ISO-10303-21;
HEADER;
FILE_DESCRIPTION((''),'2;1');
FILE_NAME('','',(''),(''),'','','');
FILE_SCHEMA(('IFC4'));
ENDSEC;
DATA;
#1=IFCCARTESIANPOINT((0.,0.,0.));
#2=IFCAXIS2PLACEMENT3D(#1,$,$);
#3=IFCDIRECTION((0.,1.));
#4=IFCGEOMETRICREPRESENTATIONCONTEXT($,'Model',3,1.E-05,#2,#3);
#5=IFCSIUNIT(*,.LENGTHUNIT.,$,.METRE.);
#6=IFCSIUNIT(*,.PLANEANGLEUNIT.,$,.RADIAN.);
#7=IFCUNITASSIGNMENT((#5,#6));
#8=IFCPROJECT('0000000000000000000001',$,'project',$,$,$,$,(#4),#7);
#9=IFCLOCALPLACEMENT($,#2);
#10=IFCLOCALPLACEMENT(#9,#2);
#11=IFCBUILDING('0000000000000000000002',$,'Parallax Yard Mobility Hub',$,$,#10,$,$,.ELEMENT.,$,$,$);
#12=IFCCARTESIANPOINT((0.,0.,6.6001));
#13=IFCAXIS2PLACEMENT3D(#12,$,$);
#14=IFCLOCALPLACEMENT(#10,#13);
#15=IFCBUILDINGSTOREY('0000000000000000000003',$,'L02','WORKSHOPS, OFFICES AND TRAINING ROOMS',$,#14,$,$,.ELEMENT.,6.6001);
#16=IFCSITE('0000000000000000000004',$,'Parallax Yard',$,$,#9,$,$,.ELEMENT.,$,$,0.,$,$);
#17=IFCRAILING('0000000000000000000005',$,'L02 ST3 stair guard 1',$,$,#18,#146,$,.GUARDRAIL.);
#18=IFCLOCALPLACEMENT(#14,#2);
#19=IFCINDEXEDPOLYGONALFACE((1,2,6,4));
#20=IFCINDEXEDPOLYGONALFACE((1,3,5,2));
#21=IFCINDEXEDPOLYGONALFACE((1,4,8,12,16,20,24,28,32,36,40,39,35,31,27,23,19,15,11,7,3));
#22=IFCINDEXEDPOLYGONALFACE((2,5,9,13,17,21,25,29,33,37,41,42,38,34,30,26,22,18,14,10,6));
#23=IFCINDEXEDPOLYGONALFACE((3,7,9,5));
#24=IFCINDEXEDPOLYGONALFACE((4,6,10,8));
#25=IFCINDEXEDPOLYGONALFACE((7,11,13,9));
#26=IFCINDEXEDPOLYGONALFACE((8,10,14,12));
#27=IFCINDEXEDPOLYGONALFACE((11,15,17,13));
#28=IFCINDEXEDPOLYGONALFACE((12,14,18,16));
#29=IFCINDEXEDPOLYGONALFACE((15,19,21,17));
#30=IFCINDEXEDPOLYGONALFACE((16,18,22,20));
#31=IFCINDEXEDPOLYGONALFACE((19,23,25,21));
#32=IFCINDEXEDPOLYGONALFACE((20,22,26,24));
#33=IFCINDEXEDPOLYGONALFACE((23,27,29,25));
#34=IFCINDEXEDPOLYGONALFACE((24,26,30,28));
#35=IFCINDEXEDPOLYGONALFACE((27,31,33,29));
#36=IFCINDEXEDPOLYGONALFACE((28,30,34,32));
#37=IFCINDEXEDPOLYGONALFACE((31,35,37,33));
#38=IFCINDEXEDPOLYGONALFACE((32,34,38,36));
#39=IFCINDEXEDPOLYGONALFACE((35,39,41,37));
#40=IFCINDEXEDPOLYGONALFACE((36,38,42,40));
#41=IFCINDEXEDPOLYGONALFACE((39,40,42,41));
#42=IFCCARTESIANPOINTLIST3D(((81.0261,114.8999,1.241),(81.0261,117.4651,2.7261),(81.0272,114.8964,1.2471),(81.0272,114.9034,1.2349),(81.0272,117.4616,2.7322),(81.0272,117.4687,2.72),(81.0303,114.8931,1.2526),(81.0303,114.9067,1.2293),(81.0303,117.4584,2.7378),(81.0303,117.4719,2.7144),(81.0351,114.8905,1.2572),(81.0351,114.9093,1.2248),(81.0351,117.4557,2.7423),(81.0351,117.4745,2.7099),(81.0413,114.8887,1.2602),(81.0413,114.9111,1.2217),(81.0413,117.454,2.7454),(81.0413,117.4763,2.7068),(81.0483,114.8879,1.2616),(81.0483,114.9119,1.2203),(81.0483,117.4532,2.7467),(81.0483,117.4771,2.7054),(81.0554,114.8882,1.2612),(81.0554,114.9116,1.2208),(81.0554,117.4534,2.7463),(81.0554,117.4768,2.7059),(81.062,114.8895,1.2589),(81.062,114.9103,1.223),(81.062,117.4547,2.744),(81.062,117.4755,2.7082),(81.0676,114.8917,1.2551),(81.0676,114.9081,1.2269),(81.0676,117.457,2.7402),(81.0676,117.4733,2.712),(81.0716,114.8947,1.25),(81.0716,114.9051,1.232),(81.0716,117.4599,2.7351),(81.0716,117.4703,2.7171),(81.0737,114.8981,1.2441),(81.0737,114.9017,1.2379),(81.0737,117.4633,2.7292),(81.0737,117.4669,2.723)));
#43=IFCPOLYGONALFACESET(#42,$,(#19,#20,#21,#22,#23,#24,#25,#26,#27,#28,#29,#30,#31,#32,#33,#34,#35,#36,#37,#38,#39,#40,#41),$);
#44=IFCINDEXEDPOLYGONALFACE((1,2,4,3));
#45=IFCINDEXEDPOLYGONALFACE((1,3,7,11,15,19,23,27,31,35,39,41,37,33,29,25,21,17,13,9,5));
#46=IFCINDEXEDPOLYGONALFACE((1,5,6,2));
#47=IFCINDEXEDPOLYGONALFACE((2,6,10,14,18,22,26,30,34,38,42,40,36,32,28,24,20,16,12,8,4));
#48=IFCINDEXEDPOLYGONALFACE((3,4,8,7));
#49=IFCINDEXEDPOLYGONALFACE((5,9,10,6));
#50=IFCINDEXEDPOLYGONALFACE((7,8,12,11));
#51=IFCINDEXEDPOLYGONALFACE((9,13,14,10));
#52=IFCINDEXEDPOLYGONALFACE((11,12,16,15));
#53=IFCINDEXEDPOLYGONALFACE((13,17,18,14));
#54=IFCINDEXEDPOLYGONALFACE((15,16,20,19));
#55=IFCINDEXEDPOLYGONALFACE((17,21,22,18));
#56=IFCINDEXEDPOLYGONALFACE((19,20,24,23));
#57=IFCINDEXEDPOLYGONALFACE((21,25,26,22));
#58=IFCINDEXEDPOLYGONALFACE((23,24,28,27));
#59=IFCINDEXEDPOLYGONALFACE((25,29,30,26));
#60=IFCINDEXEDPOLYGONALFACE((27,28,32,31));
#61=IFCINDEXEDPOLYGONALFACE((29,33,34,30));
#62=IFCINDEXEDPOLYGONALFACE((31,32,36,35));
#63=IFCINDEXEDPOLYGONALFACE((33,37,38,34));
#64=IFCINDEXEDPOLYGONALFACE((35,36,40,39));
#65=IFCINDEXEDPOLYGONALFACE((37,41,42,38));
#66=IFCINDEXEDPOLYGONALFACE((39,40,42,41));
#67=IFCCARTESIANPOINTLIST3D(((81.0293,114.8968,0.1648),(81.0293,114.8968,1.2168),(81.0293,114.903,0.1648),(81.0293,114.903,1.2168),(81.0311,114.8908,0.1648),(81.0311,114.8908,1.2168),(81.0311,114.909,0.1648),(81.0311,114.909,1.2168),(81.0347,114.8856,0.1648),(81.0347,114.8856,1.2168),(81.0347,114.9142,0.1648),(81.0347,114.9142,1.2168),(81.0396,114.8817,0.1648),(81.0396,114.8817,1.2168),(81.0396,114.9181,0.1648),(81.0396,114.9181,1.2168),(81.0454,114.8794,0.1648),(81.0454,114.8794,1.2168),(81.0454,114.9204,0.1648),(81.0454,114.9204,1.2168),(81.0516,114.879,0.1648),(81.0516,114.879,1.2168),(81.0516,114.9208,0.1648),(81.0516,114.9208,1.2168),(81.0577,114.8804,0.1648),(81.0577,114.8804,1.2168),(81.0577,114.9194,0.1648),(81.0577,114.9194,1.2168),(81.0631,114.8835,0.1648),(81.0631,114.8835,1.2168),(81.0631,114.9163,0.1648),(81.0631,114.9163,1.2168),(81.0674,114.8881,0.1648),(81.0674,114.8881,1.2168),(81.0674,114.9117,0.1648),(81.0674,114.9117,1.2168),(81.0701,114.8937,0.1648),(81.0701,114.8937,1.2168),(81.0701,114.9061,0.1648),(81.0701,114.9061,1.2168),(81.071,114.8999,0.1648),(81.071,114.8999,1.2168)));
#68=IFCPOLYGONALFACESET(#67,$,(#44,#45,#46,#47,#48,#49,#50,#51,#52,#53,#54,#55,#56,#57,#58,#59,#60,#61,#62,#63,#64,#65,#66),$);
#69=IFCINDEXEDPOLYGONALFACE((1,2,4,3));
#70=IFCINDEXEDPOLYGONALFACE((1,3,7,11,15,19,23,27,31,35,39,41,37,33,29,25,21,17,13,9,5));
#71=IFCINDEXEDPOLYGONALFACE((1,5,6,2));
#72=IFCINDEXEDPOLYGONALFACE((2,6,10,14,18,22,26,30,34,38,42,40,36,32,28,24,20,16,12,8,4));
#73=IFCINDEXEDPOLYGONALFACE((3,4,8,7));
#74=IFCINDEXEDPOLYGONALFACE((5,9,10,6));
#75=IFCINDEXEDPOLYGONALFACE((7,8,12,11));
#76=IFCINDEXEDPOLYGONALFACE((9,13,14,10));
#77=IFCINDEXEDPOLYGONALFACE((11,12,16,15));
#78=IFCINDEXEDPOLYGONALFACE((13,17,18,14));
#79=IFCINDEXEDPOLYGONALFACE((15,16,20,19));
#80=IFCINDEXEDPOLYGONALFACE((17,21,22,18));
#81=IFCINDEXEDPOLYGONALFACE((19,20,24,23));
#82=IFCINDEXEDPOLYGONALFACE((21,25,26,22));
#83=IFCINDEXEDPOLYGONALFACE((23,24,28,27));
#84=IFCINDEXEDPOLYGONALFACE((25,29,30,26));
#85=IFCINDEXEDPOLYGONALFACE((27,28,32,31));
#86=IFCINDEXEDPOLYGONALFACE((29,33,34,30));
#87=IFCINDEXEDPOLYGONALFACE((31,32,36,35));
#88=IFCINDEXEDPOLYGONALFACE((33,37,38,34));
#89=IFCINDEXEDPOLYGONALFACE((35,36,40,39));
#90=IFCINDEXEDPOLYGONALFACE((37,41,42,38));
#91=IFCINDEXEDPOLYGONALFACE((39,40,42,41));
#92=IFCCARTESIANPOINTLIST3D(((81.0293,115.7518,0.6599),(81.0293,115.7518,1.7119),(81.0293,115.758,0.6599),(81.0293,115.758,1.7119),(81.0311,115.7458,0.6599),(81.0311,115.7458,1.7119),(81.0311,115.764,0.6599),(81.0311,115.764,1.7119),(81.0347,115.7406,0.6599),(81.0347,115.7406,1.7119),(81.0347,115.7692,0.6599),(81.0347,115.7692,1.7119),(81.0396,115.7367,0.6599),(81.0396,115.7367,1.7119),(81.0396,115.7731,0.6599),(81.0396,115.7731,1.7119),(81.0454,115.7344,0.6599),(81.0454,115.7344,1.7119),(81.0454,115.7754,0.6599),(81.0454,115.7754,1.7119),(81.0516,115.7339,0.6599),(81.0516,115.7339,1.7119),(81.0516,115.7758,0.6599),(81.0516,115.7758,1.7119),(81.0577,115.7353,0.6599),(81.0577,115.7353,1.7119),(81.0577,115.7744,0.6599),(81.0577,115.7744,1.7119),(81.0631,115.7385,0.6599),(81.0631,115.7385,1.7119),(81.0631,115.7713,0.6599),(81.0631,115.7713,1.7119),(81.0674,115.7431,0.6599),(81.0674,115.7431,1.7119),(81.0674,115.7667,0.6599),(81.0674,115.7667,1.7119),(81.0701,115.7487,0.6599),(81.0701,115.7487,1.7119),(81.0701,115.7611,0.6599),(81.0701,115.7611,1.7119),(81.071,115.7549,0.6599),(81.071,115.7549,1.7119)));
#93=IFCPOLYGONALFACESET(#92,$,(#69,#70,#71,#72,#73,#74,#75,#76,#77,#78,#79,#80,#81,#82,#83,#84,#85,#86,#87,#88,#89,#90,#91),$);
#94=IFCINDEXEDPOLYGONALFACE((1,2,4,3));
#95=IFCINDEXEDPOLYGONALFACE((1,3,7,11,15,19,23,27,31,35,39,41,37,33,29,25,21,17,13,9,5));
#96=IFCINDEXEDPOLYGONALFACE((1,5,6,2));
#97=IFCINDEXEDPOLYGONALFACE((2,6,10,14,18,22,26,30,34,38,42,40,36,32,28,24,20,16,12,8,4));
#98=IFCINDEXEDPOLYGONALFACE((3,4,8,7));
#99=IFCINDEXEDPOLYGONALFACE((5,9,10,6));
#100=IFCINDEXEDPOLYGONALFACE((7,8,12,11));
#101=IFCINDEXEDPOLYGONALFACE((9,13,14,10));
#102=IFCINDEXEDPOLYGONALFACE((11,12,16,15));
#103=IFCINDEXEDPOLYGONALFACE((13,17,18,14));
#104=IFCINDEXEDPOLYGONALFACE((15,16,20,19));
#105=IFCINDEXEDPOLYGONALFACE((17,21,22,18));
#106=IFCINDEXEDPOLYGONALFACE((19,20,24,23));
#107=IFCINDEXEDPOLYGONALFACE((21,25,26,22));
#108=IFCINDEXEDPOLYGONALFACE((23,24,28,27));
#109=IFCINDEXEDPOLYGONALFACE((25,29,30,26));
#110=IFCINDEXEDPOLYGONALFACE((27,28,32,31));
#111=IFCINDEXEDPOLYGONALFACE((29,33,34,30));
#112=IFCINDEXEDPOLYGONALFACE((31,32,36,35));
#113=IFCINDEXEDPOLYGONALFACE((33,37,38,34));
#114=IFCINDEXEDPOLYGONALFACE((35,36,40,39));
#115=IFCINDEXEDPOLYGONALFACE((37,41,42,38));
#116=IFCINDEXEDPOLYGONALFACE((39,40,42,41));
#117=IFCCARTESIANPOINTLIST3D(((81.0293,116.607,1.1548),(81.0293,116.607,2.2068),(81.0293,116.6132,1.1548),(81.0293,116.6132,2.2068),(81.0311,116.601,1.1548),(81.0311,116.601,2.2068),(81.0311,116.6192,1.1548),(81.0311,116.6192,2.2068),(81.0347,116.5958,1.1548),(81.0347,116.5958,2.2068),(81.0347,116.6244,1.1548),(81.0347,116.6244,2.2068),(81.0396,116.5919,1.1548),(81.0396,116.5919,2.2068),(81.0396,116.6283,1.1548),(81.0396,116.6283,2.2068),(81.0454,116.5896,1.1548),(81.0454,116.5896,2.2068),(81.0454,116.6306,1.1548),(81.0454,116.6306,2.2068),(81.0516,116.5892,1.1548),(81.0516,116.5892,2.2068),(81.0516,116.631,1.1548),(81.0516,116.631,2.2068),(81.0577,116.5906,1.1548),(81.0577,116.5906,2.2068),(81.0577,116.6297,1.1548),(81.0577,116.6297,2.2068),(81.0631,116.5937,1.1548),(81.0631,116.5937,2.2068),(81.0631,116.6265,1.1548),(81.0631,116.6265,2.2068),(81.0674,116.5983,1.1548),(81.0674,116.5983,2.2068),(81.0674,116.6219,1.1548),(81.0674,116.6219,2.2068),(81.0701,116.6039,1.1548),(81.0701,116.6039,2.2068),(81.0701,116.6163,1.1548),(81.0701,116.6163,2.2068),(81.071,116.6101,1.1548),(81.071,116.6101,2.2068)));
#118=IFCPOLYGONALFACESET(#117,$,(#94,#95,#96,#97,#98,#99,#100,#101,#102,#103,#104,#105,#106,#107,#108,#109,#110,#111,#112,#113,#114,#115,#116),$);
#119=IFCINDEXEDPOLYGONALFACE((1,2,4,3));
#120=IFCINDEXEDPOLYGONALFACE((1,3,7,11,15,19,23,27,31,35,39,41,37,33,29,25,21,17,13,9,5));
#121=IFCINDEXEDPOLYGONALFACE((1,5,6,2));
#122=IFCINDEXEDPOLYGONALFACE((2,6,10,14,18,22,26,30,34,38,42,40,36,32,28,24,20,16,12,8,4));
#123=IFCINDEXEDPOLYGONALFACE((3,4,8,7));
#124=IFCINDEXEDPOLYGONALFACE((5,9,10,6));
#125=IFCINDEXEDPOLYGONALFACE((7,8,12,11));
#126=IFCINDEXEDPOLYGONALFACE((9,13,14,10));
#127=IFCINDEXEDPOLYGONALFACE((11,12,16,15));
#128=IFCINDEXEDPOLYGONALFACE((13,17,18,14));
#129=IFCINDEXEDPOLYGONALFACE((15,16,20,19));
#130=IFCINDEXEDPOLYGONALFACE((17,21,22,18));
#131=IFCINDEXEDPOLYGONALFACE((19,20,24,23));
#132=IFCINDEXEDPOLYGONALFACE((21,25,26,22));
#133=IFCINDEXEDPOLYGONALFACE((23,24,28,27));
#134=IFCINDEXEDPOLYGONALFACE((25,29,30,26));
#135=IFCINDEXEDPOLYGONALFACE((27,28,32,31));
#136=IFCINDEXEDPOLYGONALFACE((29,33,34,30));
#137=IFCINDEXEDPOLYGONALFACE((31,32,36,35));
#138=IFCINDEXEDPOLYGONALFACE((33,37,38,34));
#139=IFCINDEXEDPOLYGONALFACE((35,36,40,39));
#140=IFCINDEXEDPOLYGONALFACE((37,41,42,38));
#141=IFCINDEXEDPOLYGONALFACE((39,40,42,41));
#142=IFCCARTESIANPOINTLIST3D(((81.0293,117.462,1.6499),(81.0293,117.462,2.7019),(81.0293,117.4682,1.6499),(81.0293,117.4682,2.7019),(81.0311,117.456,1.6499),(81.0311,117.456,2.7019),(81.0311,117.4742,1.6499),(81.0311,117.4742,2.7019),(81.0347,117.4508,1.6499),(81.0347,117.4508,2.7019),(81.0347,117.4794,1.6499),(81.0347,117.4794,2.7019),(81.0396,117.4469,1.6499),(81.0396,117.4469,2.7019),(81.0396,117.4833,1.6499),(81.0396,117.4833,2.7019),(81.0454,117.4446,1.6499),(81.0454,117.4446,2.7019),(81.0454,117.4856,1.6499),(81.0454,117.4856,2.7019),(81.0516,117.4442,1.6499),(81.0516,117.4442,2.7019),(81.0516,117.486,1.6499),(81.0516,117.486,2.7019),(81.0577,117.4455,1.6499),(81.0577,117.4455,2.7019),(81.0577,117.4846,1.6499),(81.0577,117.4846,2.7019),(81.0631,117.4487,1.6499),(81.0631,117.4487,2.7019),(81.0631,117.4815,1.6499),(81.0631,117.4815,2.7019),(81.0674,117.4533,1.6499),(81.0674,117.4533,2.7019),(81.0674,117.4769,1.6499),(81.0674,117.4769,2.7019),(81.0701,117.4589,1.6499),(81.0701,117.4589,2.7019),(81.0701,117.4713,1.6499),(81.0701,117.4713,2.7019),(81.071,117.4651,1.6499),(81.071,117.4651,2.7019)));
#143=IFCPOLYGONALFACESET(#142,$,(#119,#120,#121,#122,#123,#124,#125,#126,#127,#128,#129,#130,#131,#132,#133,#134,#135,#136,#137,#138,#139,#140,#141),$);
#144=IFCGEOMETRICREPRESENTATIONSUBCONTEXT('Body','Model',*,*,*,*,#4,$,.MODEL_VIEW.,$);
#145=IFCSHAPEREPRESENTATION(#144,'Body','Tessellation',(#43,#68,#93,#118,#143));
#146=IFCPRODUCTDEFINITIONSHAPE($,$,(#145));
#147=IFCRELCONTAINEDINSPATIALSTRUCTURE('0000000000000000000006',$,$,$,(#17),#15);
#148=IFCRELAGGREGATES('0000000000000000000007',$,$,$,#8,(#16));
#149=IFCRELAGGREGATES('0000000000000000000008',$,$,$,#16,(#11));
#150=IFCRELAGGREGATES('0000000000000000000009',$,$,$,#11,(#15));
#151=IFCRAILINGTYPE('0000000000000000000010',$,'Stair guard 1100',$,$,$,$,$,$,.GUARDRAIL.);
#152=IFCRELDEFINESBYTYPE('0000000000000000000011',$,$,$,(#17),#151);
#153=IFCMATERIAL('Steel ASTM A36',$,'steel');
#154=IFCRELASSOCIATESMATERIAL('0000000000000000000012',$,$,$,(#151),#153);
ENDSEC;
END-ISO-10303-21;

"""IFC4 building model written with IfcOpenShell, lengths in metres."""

from ifc_helpers import new_model, si_unit, direction, frame, origin, origin_2d, place, context, subcontext, project, spatial, circle, extrude, material, type_object, element, save


model = new_model("IFC4")

# Units and contexts
model_context = context("Model", 3, precision=1e-05, world=origin(), true_north=direction((0.0, 1.0)))
body_context = subcontext(model_context, "Body", "Model", "MODEL_VIEW")
ifc_project = project(units=[si_unit("LENGTHUNIT", "METRE"), si_unit("PLANEANGLEUNIT", "RADIAN")], contexts=[model_context])

# Site, building, storey
site_placement = place(None, origin())
site = spatial("IfcSite", under=ifc_project, at=site_placement, Name="Parallax Yard", CompositionType="ELEMENT", RefElevation=0.0)
building_placement = place(site_placement, origin())
building = spatial("IfcBuilding", under=site, at=building_placement, Name="Parallax Yard Mobility Hub", CompositionType="ELEMENT")
storey_placement = place(building_placement, frame((0.0, 0.0, 6.6001)))
storey = spatial("IfcBuildingStorey", under=building, at=storey_placement, Name="L02", Description="WORKSHOPS, OFFICES AND TRAINING ROOMS", CompositionType="ELEMENT", Elevation=6.6001)

# Railing
ifc_material_1 = material(Name="Steel ASTM A36", Category="steel")
railing_type_1 = type_object("IfcRailingType", Name="Stair guard 1100", PredefinedType="GUARDRAIL", material=ifc_material_1)
railing_1_placement = place(storey_placement, frame((81.05, 114.8999, 0.1648)))
element("IfcRailing", 1, at=railing_1_placement, inside=storey, type_object=railing_type_1, Name="L02 ST3 stair guard 1", PredefinedType="GUARDRAIL", context=body_context, shape_type="SweptSolid", body=[
    extrude(circle(Radius=0.0239, at=origin_2d()), frame((0.0, 0.0, 1.0762), z_axis=(0.0, 0.865426, 0.501036), x_axis=(-1.0, 0.0, 0.0)), (0.0, 0.0, 1.0), 2.9641),
    extrude(circle(Radius=0.021, at=origin_2d()), origin(), (0.0, 0.0, 1.0), 1.052),
    extrude(circle(Radius=0.021, at=origin_2d()), frame((0.0, 0.855, 0.4951)), (0.0, 0.0, 1.0), 1.052),
    extrude(circle(Radius=0.021, at=origin_2d()), frame((0.0, 1.7102, 0.99)), (0.0, 0.0, 1.0), 1.052),
    extrude(circle(Radius=0.021, at=origin_2d()), frame((0.0, 2.5652, 1.4851)), (0.0, 0.0, 1.0), 1.052),
])

save(model, "model.ifc")
